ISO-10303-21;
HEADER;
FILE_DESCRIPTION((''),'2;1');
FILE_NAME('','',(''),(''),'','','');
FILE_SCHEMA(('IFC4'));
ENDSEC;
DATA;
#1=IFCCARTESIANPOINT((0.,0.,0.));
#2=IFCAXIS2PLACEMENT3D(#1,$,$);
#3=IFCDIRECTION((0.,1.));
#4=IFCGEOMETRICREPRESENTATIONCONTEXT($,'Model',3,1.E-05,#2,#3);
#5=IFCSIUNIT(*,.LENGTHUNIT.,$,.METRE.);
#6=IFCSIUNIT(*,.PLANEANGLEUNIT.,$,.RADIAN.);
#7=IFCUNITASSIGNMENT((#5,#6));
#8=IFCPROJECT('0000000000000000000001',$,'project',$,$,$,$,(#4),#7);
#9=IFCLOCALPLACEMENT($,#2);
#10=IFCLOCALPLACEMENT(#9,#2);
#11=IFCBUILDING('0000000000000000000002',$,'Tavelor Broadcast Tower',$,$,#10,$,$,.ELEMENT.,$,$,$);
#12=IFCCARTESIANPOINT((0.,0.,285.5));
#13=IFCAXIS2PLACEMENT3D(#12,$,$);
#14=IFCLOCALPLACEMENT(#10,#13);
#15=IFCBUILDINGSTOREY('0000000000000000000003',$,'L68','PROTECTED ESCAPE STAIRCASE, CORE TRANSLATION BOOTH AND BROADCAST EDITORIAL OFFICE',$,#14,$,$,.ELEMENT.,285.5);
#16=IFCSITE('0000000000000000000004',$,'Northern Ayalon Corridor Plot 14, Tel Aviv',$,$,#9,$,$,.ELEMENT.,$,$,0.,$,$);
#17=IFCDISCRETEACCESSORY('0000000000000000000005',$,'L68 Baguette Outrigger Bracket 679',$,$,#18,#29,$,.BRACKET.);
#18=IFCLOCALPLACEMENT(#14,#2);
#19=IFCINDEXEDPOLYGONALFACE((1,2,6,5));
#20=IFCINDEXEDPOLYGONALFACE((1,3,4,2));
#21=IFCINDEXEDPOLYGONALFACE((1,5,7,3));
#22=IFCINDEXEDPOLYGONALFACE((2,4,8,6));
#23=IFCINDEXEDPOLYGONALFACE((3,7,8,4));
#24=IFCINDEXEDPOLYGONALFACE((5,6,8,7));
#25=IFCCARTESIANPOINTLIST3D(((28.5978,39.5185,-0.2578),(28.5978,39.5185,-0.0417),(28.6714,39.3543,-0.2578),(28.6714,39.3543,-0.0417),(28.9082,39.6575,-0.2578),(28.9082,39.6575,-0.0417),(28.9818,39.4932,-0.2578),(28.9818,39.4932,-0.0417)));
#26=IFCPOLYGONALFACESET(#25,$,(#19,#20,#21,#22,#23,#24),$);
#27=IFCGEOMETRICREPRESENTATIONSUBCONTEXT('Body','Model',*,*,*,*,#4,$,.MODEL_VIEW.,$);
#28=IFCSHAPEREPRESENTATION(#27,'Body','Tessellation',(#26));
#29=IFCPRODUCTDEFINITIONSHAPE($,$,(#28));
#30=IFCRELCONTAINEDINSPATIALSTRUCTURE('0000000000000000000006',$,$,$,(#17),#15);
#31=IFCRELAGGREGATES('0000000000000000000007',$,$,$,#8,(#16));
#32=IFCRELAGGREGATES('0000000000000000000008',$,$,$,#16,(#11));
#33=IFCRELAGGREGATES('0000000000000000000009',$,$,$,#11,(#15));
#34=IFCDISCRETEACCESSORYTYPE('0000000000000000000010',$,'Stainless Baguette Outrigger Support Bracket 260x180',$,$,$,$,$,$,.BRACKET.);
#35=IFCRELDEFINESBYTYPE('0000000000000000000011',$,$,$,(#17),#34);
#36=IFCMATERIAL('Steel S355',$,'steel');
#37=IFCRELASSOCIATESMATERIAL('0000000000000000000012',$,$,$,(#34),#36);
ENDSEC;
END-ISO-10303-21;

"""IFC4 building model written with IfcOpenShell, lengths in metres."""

from ifc_helpers import new_model, si_unit, direction, frame, origin, origin_2d, place, context, subcontext, project, spatial, rectangle, extrude, source, transform, mapped, material, type_object, type_shapes, element, save


model = new_model("IFC4")

# Units and contexts
model_context = context("Model", 3, precision=1e-05, world=origin(), true_north=direction((0.0, 1.0)))
body_context = subcontext(model_context, "Body", "Model", "MODEL_VIEW")
ifc_project = project(units=[si_unit("LENGTHUNIT", "METRE"), si_unit("PLANEANGLEUNIT", "RADIAN")], contexts=[model_context])

# Site, building, storey
site_placement = place(None, origin())
site = spatial("IfcSite", under=ifc_project, at=site_placement, Name="Northern Ayalon Corridor Plot 14, Tel Aviv", CompositionType="ELEMENT", RefElevation=0.0)
building_placement = place(site_placement, origin())
building = spatial("IfcBuilding", under=site, at=building_placement, Name="Tavelor Broadcast Tower", CompositionType="ELEMENT")
storey_placement = place(building_placement, frame((0.0, 0.0, 285.5)))
storey = spatial("IfcBuildingStorey", under=building, at=storey_placement, Name="L68", Description="PROTECTED ESCAPE STAIRCASE, CORE TRANSLATION BOOTH AND BROADCAST EDITORIAL OFFICE", CompositionType="ELEMENT", Elevation=285.5)

# Shared definitions
ifc_material_1 = material(Name="Steel S355", Category="steel")

# Discrete accessory
discrete_accessory_type = type_object("IfcDiscreteAccessoryType", Name="Stainless Baguette Outrigger Support Bracket 260x180", PredefinedType="BRACKET", material=ifc_material_1)
shared_shape_1 = source(origin(), body_context, "Body", "SweptSolid", [
    extrude(rectangle(XDim=0.1799, YDim=0.3401, at=origin_2d()), origin(), (0.0, 0.0, 1.0), 0.2161),
])
type_shapes(discrete_accessory_type, [shared_shape_1])
discrete_accessory_placement = place(storey_placement, frame((28.7898, 39.5059, -0.2578), z_axis=(0.0, 0.0, 1.0), x_axis=(0.408649, -0.912692, 0.0)))
element("IfcDiscreteAccessory", 1, at=discrete_accessory_placement, inside=storey, type_object=discrete_accessory_type, Name="L68 Baguette Outrigger Bracket 679", PredefinedType="BRACKET", context=body_context, shape_type="MappedRepresentation", body=[
    mapped(shared_shape_1, transform((0.0, 0.0, 0.0), scale=1.0)),
])

save(model, "model.ifc")
